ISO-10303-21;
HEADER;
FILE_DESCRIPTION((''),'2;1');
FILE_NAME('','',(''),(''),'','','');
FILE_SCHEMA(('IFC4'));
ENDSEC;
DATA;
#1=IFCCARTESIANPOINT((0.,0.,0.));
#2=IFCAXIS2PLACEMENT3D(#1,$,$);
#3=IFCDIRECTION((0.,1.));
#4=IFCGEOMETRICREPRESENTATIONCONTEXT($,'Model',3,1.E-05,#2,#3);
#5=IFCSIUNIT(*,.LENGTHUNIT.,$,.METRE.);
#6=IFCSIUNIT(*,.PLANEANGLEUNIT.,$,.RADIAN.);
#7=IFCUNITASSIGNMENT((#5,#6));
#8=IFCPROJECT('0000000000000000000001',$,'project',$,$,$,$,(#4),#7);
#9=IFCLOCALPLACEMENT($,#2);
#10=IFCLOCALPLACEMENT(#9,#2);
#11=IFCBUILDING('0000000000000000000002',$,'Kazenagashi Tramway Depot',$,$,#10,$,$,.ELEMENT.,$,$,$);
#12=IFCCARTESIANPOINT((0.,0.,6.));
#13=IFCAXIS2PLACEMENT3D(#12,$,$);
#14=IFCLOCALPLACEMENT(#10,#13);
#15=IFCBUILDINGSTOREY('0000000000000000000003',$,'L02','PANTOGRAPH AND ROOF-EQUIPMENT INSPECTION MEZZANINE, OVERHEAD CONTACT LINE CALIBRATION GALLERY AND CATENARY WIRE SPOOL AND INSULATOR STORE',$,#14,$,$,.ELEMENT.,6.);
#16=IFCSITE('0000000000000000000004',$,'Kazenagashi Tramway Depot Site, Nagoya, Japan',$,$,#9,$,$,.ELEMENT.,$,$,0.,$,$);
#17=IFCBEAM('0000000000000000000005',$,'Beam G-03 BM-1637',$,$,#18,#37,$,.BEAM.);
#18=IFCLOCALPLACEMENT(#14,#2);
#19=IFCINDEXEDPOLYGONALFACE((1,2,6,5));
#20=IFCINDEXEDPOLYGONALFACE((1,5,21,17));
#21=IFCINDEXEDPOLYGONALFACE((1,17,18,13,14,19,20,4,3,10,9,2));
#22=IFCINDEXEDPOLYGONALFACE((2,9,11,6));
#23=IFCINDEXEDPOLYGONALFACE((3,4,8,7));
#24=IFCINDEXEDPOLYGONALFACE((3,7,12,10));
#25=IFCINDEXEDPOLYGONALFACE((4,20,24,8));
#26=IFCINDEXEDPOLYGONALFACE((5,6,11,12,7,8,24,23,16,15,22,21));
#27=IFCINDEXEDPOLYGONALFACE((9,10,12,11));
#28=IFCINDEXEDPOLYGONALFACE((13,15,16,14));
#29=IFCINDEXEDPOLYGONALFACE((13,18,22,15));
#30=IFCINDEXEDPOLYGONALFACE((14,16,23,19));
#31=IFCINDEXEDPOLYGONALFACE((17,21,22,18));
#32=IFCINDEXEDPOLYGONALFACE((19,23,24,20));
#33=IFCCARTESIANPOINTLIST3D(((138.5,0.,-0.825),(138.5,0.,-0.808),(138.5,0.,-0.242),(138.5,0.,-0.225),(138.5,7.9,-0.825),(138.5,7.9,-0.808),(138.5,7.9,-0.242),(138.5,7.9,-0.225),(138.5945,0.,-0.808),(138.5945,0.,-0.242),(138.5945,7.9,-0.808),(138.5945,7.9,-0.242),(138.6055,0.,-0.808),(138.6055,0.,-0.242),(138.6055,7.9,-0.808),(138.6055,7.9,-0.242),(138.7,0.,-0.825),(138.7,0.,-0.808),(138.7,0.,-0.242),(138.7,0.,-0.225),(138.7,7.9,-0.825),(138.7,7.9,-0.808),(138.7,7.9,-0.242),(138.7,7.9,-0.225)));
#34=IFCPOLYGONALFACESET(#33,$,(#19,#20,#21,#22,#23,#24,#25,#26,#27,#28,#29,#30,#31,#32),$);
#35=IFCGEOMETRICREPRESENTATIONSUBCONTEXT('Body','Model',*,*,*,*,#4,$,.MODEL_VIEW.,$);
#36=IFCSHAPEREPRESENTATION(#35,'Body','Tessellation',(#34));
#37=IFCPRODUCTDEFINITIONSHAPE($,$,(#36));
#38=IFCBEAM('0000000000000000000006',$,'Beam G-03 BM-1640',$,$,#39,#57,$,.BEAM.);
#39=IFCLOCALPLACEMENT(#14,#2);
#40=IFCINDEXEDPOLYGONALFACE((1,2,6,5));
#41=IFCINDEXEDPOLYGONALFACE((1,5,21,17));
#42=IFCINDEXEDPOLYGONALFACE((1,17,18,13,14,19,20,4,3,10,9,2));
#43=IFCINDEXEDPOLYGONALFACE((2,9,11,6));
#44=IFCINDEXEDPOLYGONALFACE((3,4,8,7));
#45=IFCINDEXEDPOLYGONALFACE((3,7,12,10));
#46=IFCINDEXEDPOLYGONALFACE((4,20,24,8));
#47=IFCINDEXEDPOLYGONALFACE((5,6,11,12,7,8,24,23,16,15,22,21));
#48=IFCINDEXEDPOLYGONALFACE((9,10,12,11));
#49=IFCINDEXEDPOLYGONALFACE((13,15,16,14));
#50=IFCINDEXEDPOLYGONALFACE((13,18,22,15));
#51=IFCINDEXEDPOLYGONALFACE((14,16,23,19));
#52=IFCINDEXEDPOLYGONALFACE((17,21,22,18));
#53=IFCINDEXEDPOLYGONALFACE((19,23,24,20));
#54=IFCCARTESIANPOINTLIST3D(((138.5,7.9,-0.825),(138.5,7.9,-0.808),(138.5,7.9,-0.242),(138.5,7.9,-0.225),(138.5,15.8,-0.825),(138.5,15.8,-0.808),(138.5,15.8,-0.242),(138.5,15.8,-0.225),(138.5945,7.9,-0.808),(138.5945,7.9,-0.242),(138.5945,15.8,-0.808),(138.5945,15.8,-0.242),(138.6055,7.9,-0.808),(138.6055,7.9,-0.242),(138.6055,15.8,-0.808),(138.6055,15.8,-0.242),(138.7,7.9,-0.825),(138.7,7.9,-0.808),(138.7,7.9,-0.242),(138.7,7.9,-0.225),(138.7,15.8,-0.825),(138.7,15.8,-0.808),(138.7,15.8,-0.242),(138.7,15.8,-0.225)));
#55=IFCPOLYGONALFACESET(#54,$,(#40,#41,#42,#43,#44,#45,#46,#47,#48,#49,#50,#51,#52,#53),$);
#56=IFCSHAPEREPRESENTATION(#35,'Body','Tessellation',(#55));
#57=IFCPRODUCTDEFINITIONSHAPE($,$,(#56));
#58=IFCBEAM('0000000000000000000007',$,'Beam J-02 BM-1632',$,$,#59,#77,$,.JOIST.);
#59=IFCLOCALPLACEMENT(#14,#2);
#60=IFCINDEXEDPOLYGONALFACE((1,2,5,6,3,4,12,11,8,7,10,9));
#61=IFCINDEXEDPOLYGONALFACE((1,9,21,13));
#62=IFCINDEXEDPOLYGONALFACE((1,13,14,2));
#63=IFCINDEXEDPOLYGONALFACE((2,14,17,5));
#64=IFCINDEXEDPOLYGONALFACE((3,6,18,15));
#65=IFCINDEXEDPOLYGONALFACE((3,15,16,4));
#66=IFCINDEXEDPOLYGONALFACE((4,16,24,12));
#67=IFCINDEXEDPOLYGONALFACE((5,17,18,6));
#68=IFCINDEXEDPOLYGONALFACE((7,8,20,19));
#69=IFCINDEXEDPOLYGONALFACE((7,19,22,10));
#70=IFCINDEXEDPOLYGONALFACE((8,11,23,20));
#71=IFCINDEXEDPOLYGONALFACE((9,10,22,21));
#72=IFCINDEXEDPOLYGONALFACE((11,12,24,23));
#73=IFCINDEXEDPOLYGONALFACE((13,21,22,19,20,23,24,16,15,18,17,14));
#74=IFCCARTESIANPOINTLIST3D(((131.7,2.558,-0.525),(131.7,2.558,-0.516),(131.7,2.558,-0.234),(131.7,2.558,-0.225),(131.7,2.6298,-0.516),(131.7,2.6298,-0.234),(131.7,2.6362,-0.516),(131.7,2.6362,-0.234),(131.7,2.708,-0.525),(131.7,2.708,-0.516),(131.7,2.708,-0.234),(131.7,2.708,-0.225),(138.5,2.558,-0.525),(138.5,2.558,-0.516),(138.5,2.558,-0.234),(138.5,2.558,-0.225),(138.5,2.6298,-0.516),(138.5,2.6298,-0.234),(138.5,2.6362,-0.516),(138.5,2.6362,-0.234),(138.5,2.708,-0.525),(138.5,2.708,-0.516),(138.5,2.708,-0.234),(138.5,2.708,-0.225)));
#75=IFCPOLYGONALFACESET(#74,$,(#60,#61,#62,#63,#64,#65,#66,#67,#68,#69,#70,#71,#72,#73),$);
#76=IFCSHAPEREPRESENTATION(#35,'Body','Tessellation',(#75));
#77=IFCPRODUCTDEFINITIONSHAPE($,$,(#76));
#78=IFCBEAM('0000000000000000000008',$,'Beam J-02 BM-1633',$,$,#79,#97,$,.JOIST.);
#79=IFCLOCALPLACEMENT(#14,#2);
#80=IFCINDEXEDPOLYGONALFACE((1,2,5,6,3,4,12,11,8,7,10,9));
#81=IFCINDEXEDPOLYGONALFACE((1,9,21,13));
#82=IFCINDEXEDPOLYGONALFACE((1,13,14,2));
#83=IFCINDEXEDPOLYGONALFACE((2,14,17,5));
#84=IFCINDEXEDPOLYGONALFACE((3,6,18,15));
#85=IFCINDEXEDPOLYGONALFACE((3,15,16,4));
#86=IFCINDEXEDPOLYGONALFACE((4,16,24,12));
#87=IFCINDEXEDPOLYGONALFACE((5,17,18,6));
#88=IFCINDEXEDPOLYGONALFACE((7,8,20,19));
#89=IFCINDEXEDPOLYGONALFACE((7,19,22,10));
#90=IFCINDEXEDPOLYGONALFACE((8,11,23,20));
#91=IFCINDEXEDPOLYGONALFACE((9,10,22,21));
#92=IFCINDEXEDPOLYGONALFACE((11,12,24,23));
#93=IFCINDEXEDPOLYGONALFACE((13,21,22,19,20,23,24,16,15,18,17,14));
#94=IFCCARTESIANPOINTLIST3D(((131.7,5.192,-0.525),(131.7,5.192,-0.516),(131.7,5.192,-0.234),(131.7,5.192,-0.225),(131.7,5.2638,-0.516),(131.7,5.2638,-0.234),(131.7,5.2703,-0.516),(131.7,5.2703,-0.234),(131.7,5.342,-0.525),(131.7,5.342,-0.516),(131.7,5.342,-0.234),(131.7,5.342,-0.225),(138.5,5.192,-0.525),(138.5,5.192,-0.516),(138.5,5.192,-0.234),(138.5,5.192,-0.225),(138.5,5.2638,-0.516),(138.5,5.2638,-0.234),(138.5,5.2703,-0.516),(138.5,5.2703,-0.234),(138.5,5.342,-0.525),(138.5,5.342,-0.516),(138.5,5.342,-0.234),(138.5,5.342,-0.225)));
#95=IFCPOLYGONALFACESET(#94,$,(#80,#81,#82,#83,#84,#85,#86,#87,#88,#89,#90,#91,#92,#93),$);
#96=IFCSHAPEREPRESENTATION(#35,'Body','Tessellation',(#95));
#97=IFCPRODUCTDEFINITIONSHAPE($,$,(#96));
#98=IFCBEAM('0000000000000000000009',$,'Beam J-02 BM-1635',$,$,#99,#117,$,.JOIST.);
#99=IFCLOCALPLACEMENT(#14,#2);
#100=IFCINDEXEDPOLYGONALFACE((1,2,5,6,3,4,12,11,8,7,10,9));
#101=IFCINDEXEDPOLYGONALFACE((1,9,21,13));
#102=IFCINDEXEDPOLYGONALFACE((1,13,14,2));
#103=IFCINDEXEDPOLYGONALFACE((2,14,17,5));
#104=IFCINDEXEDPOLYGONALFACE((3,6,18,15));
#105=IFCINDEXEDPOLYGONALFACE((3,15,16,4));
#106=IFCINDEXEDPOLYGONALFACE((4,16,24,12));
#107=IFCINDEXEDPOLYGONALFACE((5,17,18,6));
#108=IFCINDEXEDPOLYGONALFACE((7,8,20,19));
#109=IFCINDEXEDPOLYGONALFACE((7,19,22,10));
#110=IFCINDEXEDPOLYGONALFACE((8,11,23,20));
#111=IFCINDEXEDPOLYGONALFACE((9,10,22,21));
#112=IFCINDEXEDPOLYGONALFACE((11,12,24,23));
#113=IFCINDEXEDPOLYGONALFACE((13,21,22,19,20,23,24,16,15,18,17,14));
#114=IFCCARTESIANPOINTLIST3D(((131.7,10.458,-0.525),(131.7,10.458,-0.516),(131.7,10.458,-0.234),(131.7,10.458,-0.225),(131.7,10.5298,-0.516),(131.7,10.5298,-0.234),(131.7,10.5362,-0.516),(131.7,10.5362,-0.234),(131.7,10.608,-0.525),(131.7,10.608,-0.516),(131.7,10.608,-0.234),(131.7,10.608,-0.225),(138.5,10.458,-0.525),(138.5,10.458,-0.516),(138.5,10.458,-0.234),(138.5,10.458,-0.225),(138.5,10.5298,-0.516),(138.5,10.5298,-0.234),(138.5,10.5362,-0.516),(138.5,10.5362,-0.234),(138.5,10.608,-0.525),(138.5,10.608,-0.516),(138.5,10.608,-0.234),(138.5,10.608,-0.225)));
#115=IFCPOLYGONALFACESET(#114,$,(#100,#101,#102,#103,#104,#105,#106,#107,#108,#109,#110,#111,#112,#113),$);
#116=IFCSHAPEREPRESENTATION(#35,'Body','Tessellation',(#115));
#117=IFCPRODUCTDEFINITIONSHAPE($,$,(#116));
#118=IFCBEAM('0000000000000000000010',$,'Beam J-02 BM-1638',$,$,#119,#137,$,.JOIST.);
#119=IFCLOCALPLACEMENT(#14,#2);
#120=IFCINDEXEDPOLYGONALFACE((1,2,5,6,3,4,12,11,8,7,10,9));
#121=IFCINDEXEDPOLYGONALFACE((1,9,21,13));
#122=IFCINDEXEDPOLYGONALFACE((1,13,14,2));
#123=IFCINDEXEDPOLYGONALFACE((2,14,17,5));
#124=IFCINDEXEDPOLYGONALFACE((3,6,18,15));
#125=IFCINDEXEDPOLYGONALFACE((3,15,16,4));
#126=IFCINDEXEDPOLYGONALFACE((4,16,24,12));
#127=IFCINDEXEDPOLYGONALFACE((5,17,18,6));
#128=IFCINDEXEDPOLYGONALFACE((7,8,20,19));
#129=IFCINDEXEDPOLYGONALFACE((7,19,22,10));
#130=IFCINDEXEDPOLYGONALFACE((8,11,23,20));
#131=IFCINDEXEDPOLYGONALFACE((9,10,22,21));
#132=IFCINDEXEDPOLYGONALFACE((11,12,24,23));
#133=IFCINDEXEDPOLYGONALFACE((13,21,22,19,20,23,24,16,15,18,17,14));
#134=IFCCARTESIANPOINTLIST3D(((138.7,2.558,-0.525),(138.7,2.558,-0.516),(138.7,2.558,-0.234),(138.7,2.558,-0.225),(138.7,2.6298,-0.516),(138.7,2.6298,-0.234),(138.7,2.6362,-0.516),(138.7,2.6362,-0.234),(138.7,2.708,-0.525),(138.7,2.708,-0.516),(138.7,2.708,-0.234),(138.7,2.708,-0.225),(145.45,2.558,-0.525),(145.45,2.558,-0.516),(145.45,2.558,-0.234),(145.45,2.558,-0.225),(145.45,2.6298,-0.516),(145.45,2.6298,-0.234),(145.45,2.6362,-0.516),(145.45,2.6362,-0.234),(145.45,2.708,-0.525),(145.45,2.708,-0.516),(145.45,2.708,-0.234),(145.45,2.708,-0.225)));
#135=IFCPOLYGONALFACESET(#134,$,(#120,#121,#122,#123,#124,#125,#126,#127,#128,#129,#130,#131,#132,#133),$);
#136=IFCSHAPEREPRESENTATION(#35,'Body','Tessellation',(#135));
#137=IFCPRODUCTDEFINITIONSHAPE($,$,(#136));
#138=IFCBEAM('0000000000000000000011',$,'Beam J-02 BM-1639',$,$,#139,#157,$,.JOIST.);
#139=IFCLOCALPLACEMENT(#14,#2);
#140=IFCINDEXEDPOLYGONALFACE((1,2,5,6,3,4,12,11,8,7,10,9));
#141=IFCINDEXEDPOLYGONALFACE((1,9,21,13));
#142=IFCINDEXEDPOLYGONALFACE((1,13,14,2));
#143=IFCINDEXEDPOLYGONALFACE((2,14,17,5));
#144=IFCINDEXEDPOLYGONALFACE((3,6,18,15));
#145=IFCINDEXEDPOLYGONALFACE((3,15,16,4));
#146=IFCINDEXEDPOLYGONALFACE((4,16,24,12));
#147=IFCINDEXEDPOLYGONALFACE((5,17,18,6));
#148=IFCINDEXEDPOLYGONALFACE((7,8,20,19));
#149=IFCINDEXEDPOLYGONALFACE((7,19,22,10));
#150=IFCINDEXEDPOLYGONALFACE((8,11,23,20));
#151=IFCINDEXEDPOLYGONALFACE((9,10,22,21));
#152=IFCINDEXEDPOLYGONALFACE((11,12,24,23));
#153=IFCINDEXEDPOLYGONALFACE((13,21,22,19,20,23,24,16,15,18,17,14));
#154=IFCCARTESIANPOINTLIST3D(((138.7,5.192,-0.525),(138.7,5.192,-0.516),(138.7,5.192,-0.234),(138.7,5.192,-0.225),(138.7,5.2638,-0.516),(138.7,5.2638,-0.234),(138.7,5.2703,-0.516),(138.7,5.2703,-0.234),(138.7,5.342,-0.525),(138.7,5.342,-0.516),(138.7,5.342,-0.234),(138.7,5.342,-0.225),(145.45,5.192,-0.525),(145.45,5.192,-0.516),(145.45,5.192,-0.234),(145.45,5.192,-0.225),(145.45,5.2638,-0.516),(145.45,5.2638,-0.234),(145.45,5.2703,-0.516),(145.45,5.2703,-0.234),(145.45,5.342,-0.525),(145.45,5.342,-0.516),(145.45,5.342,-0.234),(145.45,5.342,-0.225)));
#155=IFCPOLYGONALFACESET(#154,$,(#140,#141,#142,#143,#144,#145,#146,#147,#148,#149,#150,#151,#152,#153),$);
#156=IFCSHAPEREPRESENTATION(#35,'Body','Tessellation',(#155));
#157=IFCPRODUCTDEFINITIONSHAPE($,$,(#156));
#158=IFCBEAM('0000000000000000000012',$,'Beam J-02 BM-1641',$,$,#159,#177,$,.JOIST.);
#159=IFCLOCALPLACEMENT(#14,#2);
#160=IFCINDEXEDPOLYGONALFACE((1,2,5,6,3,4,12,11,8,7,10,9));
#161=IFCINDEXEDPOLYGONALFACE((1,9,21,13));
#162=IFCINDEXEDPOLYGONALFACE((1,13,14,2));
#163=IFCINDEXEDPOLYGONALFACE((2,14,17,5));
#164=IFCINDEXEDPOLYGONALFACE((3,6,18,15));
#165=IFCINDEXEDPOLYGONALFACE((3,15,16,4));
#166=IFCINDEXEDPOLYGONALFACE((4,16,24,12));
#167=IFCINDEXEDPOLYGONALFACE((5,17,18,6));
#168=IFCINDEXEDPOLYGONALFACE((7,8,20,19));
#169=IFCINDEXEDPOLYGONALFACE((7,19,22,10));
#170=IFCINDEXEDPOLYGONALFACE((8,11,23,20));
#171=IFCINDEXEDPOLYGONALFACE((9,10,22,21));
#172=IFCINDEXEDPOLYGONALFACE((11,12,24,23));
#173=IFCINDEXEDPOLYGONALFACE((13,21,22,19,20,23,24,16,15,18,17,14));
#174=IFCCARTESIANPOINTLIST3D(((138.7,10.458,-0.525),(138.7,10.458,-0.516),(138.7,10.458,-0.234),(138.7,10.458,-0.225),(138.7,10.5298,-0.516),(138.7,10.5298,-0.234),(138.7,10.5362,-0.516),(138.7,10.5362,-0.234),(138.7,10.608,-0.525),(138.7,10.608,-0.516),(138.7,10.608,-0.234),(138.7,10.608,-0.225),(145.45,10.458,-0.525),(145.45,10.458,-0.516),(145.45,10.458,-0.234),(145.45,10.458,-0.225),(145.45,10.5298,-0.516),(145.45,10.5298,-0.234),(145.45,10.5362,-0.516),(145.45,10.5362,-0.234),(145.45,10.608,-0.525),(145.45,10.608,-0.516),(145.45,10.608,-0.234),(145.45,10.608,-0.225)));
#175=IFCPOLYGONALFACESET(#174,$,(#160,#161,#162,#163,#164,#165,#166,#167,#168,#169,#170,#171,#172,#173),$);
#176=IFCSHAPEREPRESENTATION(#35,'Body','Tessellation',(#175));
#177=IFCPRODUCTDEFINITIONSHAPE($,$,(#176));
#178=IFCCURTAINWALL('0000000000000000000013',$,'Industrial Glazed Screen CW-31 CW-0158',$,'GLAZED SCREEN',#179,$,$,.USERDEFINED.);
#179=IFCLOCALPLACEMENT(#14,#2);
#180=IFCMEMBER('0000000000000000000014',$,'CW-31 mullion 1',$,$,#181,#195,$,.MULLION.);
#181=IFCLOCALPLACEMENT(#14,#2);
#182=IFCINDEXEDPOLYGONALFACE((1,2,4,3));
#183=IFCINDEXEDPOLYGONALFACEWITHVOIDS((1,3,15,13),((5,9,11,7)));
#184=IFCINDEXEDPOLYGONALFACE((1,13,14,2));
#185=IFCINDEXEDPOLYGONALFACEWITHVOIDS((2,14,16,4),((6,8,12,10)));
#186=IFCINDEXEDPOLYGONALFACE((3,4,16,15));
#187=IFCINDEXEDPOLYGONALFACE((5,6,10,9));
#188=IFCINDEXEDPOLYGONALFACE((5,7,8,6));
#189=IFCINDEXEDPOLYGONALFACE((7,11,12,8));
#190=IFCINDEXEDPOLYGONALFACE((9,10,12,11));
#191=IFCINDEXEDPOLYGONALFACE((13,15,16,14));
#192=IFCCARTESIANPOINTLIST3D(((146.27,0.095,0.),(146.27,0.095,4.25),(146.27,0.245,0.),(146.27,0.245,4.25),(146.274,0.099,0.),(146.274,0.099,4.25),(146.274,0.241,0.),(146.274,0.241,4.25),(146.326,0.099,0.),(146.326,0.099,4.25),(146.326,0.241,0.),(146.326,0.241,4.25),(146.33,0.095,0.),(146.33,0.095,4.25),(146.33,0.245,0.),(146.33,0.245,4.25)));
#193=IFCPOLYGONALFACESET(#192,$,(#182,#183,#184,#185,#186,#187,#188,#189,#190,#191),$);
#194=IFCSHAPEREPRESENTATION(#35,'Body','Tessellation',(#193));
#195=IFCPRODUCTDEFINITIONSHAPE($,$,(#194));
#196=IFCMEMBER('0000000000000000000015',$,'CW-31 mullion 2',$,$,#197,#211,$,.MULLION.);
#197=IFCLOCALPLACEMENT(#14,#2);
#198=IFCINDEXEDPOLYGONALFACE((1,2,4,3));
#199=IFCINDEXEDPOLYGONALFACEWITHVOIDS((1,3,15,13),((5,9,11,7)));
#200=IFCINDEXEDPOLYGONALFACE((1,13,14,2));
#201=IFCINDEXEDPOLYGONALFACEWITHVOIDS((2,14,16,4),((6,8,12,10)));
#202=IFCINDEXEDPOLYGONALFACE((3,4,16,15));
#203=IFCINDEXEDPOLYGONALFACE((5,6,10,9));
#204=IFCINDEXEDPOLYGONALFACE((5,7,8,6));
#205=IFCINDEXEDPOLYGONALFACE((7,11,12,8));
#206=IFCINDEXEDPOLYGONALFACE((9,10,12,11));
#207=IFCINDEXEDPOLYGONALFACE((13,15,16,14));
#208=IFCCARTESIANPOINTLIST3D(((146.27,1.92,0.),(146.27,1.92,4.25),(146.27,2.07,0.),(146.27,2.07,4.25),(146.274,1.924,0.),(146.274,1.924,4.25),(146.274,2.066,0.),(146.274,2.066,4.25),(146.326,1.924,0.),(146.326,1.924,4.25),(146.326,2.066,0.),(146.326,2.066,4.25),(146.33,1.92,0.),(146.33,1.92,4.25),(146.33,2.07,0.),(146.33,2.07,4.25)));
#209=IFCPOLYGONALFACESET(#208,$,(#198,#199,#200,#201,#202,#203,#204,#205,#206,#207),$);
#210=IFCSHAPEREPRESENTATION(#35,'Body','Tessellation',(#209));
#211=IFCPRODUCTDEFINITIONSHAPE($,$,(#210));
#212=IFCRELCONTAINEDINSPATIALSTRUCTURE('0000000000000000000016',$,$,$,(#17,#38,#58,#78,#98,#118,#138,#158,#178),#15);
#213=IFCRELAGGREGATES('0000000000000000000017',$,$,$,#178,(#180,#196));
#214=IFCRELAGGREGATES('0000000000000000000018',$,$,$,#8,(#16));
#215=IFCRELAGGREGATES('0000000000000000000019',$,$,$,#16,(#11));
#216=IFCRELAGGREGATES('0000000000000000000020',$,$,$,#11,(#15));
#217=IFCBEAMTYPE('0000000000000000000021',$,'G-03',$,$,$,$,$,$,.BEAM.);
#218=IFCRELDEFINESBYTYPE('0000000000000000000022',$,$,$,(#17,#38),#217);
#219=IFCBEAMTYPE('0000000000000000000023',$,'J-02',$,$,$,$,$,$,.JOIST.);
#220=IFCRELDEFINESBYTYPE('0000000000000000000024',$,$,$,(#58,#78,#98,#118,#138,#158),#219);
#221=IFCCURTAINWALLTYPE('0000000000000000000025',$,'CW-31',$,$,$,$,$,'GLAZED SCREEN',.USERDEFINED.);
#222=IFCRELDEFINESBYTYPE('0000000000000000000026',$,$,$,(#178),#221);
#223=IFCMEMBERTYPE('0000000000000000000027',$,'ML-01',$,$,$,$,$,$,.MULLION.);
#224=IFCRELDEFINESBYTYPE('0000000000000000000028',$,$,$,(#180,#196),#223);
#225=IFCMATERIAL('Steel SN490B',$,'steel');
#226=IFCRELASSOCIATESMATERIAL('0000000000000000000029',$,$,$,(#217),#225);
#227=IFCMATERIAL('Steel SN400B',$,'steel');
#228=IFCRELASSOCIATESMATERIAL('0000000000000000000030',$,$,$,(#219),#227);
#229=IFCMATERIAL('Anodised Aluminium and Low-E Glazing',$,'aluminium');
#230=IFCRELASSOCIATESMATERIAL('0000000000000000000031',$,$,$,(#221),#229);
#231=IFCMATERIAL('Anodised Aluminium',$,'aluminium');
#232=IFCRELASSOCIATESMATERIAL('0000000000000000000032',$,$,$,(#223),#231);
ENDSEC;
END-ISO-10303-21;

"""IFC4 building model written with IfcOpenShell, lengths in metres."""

from ifc_helpers import new_model, si_unit, direction, frame, origin, origin_2d, place, context, subcontext, project, spatial, hollow_rectangle, i_section, extrude, material, material_profile, profile_set, type_object, element, aggregate, save


model = new_model("IFC4")

# Units and contexts
model_context = context("Model", 3, precision=1e-05, world=origin(), true_north=direction((0.0, 1.0)))
body_context = subcontext(model_context, "Body", "Model", "MODEL_VIEW")
ifc_project = project(units=[si_unit("LENGTHUNIT", "METRE"), si_unit("PLANEANGLEUNIT", "RADIAN")], contexts=[model_context])

# Site, building, storey
site_placement = place(None, origin())
site = spatial("IfcSite", under=ifc_project, at=site_placement, Name="Kazenagashi Tramway Depot Site, Nagoya, Japan", CompositionType="ELEMENT", RefElevation=0.0)
building_placement = place(site_placement, origin())
building = spatial("IfcBuilding", under=site, at=building_placement, Name="Kazenagashi Tramway Depot", CompositionType="ELEMENT")
storey_placement = place(building_placement, frame((0.0, 0.0, 6.0)))
storey = spatial("IfcBuildingStorey", under=building, at=storey_placement, Name="L02", Description="PANTOGRAPH AND ROOF-EQUIPMENT INSPECTION MEZZANINE, OVERHEAD CONTACT LINE CALIBRATION GALLERY AND CATENARY WIRE SPOOL AND INSULATOR STORE", CompositionType="ELEMENT", Elevation=6.0)

# Beams
ifc_material_1 = material(Name="Steel SN490B", Category="steel")
ifc_material_profile_1 = material_profile(ifc_material_1, i_section(OverallWidth=0.2, OverallDepth=0.6, WebThickness=0.011, FlangeThickness=0.017, at=origin_2d()), Name="H-600x200x11x17")
ifc_profile_set_1 = profile_set([ifc_material_profile_1], Name="Steel SN490B")
beam_type_1 = type_object("IfcBeamType", Name="G-03", PredefinedType="BEAM", material=ifc_profile_set_1)
for number, where, z_axis, x_axis, name in (
    (1, (138.6, 0.0, -0.525), (0.0, 1.0, 0.0), (-1.0, 0.0, 0.0), "Beam G-03 BM-1637"),
    (2, (138.6, 7.9, -0.525), (0.0, 1.0, 0.0), (-1.0, 0.0, 0.0), "Beam G-03 BM-1640"),
):
    element("IfcBeam", number, at=place(storey_placement, frame(where, z_axis=z_axis, x_axis=x_axis)), inside=storey, type_object=beam_type_1, Name=name, PredefinedType="BEAM", context=body_context, shape_type="SweptSolid", body=[
        extrude(i_section(OverallWidth=0.2, OverallDepth=0.6, WebThickness=0.011, FlangeThickness=0.017, at=origin_2d()), origin(), (0.0, 0.0, 1.0), 7.9),
    ])
ifc_material_2 = material(Name="Steel SN400B", Category="steel")
ifc_material_profile_2 = material_profile(ifc_material_2, i_section(OverallWidth=0.15, OverallDepth=0.3, WebThickness=0.0065, FlangeThickness=0.009, at=origin_2d()), Name="H-300x150x6.5x9")
ifc_profile_set_2 = profile_set([ifc_material_profile_2], Name="Steel SN400B")
beam_type_2 = type_object("IfcBeamType", Name="J-02", PredefinedType="JOIST", material=ifc_profile_set_2)
for number, where, z_axis, x_axis, name in (
    (3, (131.7, 2.633, -0.375), (1.0, 0.0, 0.0), (0.0, 1.0, 0.0), "Beam J-02 BM-1632"),
    (4, (131.7, 5.267, -0.375), (1.0, 0.0, 0.0), (0.0, 1.0, 0.0), "Beam J-02 BM-1633"),
    (5, (131.7, 10.533, -0.375), (1.0, 0.0, 0.0), (0.0, 1.0, 0.0), "Beam J-02 BM-1635"),
):
    element("IfcBeam", number, at=place(storey_placement, frame(where, z_axis=z_axis, x_axis=x_axis)), inside=storey, type_object=beam_type_2, Name=name, PredefinedType="JOIST", context=body_context, shape_type="SweptSolid", body=[
        extrude(i_section(OverallWidth=0.15, OverallDepth=0.3, WebThickness=0.0065, FlangeThickness=0.009, at=origin_2d()), origin(), (0.0, 0.0, 1.0), 6.8),
    ])
for number, where, z_axis, x_axis, name in (
    (6, (138.7, 2.633, -0.375), (1.0, 0.0, 0.0), (0.0, 1.0, 0.0), "Beam J-02 BM-1638"),
    (7, (138.7, 5.267, -0.375), (1.0, 0.0, 0.0), (0.0, 1.0, 0.0), "Beam J-02 BM-1639"),
    (8, (138.7, 10.533, -0.375), (1.0, 0.0, 0.0), (0.0, 1.0, 0.0), "Beam J-02 BM-1641"),
):
    element("IfcBeam", number, at=place(storey_placement, frame(where, z_axis=z_axis, x_axis=x_axis)), inside=storey, type_object=beam_type_2, Name=name, PredefinedType="JOIST", context=body_context, shape_type="SweptSolid", body=[
        extrude(i_section(OverallWidth=0.15, OverallDepth=0.3, WebThickness=0.0065, FlangeThickness=0.009, at=origin_2d()), origin(), (0.0, 0.0, 1.0), 6.75),
    ])

# Curtain wall, members
ifc_material_3 = material(Name="Anodised Aluminium and Low-E Glazing", Category="aluminium")
curtain_wall_type = type_object("IfcCurtainWallType", Name="CW-31", ElementType="GLAZED SCREEN", PredefinedType="USERDEFINED", material=ifc_material_3)
curtain_wall_placement = place(storey_placement, origin())
curtain_wall = element("IfcCurtainWall", 9, at=curtain_wall_placement, inside=storey, type_object=curtain_wall_type, Name="Industrial Glazed Screen CW-31 CW-0158", ObjectType="GLAZED SCREEN", PredefinedType="USERDEFINED")
ifc_material_4 = material(Name="Anodised Aluminium", Category="aluminium")
ifc_material_profile_3 = material_profile(ifc_material_4, hollow_rectangle(XDim=0.06, YDim=0.15, WallThickness=0.004, at=origin_2d()), Name="RHS-150x60x4")
ifc_profile_set_3 = profile_set([ifc_material_profile_3], Name="Anodised Aluminium")
member_type_1 = type_object("IfcMemberType", Name="ML-01", PredefinedType="MULLION", material=ifc_profile_set_3)
member_1_placement = place(storey_placement, frame((146.3, 0.17, 0.0), z_axis=(0.0, 0.0, 1.0), x_axis=(-1.0, 0.0, 0.0)))
member_1 = element("IfcMember", 10, at=member_1_placement, type_object=member_type_1, Name="CW-31 mullion 1", PredefinedType="MULLION", context=body_context, shape_type="SweptSolid", body=[
    extrude(hollow_rectangle(XDim=0.06, YDim=0.15, WallThickness=0.004, at=origin_2d()), origin(), (0.0, 0.0, 1.0), 4.25),
])
member_2_placement = place(storey_placement, frame((146.3, 1.995, 0.0), z_axis=(0.0, 0.0, 1.0), x_axis=(-1.0, 0.0, 0.0)))
member_2 = element("IfcMember", 11, at=member_2_placement, type_object=member_type_1, Name="CW-31 mullion 2", PredefinedType="MULLION", context=body_context, shape_type="SweptSolid", body=[
    extrude(hollow_rectangle(XDim=0.06, YDim=0.15, WallThickness=0.004, at=origin_2d()), origin(), (0.0, 0.0, 1.0), 4.25),
])

aggregate(curtain_wall, [member_1, member_2])

save(model, "model.ifc")
